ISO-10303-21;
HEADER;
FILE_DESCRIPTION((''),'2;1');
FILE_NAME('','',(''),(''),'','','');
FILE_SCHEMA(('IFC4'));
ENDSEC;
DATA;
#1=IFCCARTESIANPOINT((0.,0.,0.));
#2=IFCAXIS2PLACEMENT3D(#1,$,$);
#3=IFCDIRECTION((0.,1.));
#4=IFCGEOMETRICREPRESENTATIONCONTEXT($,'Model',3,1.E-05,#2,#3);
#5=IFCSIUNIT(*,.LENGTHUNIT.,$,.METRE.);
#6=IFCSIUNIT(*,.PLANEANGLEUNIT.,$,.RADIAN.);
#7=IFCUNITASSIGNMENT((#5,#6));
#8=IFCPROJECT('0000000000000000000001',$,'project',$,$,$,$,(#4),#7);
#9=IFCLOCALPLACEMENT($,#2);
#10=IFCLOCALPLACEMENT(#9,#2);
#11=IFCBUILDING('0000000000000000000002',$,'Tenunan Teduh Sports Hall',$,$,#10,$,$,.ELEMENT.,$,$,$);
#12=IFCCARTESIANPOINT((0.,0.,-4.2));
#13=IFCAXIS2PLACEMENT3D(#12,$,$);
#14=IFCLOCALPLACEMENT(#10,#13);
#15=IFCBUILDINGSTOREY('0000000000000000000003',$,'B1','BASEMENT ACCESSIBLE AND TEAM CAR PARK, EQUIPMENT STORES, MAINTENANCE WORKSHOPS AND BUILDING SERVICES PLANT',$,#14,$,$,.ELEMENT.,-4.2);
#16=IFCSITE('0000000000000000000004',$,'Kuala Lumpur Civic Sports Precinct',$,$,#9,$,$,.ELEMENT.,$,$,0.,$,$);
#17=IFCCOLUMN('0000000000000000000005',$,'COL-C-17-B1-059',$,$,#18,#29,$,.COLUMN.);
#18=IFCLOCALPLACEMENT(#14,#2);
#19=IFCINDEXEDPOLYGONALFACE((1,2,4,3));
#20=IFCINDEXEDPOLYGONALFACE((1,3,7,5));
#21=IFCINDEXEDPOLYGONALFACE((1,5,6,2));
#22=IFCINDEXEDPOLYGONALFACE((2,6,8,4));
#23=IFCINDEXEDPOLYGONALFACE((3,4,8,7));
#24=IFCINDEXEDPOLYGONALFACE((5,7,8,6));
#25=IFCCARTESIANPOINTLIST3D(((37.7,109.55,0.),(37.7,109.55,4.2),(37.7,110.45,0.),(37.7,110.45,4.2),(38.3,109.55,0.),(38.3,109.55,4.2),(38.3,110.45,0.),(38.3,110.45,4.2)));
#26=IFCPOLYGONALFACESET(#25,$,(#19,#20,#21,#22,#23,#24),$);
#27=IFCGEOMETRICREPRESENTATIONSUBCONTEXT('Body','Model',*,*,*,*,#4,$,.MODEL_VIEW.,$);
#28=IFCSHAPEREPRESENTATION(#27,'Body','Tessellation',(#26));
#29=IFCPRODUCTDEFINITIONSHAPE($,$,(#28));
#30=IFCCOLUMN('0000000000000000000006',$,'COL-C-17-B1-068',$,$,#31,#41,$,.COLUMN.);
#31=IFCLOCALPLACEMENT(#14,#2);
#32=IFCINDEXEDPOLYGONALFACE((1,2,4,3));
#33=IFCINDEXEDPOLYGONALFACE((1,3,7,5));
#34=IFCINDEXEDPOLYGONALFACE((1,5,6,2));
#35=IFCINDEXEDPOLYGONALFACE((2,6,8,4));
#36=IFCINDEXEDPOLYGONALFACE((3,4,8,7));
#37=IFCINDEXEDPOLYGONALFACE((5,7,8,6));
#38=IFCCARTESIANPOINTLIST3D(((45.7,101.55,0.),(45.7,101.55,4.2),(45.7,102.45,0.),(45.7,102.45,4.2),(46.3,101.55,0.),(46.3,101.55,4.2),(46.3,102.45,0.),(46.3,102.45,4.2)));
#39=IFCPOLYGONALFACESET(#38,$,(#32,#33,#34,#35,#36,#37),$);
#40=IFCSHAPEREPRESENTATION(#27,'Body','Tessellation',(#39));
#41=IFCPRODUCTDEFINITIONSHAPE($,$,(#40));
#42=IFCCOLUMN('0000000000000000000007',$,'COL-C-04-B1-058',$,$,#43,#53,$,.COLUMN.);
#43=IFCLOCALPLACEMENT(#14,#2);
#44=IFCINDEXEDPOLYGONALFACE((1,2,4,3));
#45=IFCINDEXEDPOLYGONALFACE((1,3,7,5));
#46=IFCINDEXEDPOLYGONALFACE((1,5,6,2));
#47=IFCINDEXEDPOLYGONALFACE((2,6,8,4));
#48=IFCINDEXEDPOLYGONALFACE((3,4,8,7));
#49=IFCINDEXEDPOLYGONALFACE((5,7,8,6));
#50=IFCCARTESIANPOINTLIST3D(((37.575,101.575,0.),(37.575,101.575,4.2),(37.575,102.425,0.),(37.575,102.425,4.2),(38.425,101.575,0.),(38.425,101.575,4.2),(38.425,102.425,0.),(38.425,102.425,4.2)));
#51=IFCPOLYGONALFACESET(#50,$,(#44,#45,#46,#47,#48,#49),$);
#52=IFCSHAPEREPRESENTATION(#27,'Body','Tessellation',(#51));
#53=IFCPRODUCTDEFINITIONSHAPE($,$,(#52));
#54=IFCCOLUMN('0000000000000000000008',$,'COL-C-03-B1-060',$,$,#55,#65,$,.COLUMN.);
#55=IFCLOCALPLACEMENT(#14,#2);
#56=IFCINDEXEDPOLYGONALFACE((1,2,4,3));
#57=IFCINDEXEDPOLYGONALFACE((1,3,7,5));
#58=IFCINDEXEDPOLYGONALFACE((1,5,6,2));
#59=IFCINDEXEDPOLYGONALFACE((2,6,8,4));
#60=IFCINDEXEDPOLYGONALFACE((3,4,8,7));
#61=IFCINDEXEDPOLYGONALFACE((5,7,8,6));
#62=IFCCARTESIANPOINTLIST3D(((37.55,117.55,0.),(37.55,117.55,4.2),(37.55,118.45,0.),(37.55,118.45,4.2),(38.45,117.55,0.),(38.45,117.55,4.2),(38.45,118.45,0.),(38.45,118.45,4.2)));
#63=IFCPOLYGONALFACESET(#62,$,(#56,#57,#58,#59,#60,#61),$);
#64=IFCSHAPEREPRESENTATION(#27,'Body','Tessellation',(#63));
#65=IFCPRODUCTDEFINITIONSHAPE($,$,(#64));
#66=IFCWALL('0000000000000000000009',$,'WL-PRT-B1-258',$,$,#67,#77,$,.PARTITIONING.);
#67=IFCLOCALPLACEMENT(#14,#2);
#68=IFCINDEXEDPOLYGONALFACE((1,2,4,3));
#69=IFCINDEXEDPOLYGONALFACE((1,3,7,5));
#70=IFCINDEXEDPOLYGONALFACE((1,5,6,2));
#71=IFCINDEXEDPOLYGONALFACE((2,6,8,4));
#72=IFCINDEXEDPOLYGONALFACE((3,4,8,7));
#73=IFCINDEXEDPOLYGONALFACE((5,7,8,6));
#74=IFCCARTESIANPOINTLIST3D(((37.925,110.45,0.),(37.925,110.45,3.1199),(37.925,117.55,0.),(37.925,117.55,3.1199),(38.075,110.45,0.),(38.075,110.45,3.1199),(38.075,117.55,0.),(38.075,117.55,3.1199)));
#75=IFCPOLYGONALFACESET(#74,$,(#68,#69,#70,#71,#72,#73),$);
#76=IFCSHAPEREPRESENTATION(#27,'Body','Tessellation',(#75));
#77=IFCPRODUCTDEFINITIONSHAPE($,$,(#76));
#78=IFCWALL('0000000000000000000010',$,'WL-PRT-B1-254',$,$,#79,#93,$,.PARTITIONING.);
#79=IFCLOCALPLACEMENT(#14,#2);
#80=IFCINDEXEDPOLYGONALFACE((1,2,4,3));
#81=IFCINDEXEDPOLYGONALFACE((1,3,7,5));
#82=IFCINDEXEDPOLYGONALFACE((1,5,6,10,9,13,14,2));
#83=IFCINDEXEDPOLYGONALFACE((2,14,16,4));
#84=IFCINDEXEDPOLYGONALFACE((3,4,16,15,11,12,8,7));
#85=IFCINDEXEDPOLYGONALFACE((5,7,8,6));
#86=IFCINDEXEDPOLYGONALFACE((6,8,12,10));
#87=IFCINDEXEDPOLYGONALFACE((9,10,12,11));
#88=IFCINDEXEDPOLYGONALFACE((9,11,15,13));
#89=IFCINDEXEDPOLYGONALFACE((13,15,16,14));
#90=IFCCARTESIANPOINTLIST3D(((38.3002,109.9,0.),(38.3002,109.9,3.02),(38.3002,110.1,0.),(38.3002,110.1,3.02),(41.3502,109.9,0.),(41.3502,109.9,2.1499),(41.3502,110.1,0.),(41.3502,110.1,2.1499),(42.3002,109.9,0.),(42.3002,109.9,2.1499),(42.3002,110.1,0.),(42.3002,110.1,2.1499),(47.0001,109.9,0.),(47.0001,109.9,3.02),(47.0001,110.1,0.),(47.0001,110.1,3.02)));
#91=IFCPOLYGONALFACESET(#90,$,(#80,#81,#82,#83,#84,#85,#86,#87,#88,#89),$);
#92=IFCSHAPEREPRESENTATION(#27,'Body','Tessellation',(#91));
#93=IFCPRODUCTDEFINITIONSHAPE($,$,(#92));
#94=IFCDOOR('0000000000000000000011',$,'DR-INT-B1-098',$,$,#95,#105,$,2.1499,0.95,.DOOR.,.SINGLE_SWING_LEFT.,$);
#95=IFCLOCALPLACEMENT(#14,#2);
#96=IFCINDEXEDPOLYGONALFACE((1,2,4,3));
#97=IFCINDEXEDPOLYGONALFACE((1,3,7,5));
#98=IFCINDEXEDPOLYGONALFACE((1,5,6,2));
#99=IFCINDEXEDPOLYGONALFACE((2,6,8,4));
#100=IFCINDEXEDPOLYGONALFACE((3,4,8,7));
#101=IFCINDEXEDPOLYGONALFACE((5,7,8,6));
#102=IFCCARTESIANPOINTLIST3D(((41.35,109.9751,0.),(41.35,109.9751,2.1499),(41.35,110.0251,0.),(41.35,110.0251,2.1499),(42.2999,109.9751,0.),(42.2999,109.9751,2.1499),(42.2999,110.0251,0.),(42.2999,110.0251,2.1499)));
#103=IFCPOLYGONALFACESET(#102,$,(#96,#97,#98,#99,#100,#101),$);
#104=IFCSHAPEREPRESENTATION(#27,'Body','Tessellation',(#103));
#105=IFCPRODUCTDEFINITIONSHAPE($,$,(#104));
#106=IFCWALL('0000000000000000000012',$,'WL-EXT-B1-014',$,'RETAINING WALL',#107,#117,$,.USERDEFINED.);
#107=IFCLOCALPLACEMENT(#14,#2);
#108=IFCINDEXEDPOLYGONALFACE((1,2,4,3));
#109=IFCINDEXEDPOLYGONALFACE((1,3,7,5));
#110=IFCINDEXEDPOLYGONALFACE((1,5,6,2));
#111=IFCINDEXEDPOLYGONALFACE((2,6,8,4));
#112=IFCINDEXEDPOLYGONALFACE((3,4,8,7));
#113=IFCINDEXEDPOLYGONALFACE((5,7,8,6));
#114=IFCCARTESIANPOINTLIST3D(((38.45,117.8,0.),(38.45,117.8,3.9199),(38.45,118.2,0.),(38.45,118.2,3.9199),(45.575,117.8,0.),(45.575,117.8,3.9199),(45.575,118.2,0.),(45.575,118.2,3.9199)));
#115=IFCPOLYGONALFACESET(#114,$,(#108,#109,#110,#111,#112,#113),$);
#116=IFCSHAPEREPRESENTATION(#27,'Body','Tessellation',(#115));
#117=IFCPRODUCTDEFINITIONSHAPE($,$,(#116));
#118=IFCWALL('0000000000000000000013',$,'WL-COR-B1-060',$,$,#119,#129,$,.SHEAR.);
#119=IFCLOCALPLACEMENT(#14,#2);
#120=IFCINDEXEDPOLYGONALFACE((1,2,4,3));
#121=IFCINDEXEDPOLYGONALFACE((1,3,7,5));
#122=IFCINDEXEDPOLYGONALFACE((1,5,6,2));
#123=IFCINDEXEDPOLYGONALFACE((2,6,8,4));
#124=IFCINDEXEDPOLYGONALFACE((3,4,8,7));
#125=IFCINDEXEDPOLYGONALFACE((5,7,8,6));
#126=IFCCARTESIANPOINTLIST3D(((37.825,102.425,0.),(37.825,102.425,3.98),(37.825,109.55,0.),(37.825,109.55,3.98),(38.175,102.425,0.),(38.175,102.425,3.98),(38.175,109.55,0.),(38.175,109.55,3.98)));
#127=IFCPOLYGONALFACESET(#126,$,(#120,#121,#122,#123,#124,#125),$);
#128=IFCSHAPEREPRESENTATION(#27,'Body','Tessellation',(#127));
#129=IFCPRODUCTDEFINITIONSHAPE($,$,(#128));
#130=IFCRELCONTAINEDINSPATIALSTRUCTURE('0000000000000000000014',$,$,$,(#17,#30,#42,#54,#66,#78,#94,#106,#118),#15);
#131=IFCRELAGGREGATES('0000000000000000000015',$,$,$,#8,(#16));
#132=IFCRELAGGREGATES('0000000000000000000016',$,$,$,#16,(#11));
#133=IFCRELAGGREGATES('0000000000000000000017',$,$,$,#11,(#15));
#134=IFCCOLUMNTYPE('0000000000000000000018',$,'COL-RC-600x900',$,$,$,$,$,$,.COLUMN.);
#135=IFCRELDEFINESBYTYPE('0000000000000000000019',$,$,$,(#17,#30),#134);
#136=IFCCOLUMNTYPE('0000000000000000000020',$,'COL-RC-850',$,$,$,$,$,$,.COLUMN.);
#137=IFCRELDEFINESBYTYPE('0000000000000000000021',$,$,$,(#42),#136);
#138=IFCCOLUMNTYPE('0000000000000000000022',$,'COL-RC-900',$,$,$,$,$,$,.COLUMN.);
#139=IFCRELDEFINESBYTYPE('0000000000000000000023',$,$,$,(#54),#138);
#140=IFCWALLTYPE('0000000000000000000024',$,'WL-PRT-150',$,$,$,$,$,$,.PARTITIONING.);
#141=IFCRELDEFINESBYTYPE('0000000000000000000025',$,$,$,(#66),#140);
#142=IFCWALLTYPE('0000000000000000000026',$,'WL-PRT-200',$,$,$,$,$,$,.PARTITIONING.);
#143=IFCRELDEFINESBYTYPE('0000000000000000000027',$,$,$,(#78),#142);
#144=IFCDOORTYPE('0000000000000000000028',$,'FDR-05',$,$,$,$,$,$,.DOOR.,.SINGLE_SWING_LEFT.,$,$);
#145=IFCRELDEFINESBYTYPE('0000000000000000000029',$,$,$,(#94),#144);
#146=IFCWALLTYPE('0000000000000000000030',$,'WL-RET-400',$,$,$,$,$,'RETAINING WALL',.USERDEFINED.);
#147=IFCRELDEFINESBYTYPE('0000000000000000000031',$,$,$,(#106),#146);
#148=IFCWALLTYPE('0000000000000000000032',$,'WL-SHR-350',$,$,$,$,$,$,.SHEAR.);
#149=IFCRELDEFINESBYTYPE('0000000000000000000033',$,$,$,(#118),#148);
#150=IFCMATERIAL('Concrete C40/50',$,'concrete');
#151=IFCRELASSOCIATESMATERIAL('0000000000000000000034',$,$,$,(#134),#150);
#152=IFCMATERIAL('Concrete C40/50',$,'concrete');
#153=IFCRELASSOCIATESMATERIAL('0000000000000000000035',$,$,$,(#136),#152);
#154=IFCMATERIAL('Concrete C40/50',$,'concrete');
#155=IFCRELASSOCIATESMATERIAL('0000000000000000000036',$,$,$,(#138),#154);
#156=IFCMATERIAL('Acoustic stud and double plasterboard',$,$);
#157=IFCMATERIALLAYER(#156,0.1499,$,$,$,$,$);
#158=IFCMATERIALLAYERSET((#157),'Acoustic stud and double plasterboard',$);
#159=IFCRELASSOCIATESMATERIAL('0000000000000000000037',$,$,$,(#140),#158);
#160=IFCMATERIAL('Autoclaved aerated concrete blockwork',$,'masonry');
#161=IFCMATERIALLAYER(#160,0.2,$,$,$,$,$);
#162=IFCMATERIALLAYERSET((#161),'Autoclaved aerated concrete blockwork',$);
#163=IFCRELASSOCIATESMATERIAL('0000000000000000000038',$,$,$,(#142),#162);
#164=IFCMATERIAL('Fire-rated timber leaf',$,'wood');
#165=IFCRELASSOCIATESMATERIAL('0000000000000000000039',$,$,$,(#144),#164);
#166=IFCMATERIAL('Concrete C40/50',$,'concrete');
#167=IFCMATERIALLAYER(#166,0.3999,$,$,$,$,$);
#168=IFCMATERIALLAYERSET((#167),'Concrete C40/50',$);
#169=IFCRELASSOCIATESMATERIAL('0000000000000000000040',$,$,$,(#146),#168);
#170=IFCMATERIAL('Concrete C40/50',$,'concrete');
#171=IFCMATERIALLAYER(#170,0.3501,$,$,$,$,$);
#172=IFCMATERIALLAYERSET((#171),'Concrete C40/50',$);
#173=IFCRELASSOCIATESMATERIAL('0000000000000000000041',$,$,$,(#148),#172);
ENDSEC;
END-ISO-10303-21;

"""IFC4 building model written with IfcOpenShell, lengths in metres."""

from ifc_helpers import new_model, si_unit, direction, frame, frame_2d, origin, origin_2d, place, context, subcontext, project, spatial, rectangle, extrude, material, layer, layer_set, material_profile, profile_set, type_object, element, fill, save


model = new_model("IFC4")

# Units and contexts
model_context = context("Model", 3, precision=1e-05, world=origin(), true_north=direction((0.0, 1.0)))
body_context = subcontext(model_context, "Body", "Model", "MODEL_VIEW")
ifc_project = project(units=[si_unit("LENGTHUNIT", "METRE"), si_unit("PLANEANGLEUNIT", "RADIAN")], contexts=[model_context])

# Site, building, storey
site_placement = place(None, origin())
site = spatial("IfcSite", under=ifc_project, at=site_placement, Name="Kuala Lumpur Civic Sports Precinct", CompositionType="ELEMENT", RefElevation=0.0)
building_placement = place(site_placement, origin())
building = spatial("IfcBuilding", under=site, at=building_placement, Name="Tenunan Teduh Sports Hall", CompositionType="ELEMENT")
storey_placement = place(building_placement, frame((0.0, 0.0, -4.2)))
storey = spatial("IfcBuildingStorey", under=building, at=storey_placement, Name="B1", Description="BASEMENT ACCESSIBLE AND TEAM CAR PARK, EQUIPMENT STORES, MAINTENANCE WORKSHOPS AND BUILDING SERVICES PLANT", CompositionType="ELEMENT", Elevation=-4.2)

# Columns
ifc_material_1 = material(Name="Concrete C40/50", Category="concrete")
ifc_material_profile_1 = material_profile(ifc_material_1, rectangle(XDim=0.6001, YDim=0.8999, at=origin_2d()), Name="RC 600x900")
ifc_profile_set_1 = profile_set([ifc_material_profile_1], Name="Concrete C40/50")
column_type_1 = type_object("IfcColumnType", Name="COL-RC-600x900", PredefinedType="COLUMN", material=ifc_profile_set_1)
for number, where, z_axis, x_axis, name in (
    (1, (38.0, 110.0, 0.0), (0.0, 0.0, 1.0), (1.0, 0.0, 0.0), "COL-C-17-B1-059"),
    (2, (46.0, 102.0, 0.0), (0.0, 0.0, 1.0), (1.0, 0.0, 0.0), "COL-C-17-B1-068"),
):
    element("IfcColumn", number, at=place(storey_placement, frame(where, z_axis=z_axis, x_axis=x_axis)), inside=storey, type_object=column_type_1, Name=name, PredefinedType="COLUMN", context=body_context, shape_type="SweptSolid", body=[
        extrude(rectangle(XDim=0.6001, YDim=0.8999, at=origin_2d()), origin(), (0.0, 0.0, 1.0), 4.2),
    ])
ifc_material_2 = material(Name="Concrete C40/50", Category="concrete")
ifc_material_profile_2 = material_profile(ifc_material_2, rectangle(XDim=0.8501, YDim=0.8501, at=origin_2d()), Name="RC 850x850")
ifc_profile_set_2 = profile_set([ifc_material_profile_2], Name="Concrete C40/50")
column_type_2 = type_object("IfcColumnType", Name="COL-RC-850", PredefinedType="COLUMN", material=ifc_profile_set_2)
column_1_placement = place(storey_placement, frame((38.0, 102.0, 0.0), z_axis=(0.0, 0.0, 1.0), x_axis=(1.0, 0.0, 0.0)))
element("IfcColumn", 3, at=column_1_placement, inside=storey, type_object=column_type_2, Name="COL-C-04-B1-058", PredefinedType="COLUMN", context=body_context, shape_type="SweptSolid", body=[
    extrude(rectangle(XDim=0.8501, YDim=0.8501, at=origin_2d()), origin(), (0.0, 0.0, 1.0), 4.2),
])
ifc_material_3 = material(Name="Concrete C40/50", Category="concrete")
ifc_material_profile_3 = material_profile(ifc_material_3, rectangle(XDim=0.8999, YDim=0.8999, at=origin_2d()), Name="RC 900x900")
ifc_profile_set_3 = profile_set([ifc_material_profile_3], Name="Concrete C40/50")
column_type_3 = type_object("IfcColumnType", Name="COL-RC-900", PredefinedType="COLUMN", material=ifc_profile_set_3)
column_2_placement = place(storey_placement, frame((38.0, 118.0, 0.0), z_axis=(0.0, 0.0, 1.0), x_axis=(1.0, 0.0, 0.0)))
element("IfcColumn", 4, at=column_2_placement, inside=storey, type_object=column_type_3, Name="COL-C-03-B1-060", PredefinedType="COLUMN", context=body_context, shape_type="SweptSolid", body=[
    extrude(rectangle(XDim=0.8999, YDim=0.8999, at=origin_2d()), origin(), (0.0, 0.0, 1.0), 4.2),
])

# Wall
ifc_material_4 = material(Name="Acoustic stud and double plasterboard")
ifc_layer_1 = layer(ifc_material_4, 0.1499)
ifc_layer_set_1 = layer_set([ifc_layer_1], Name="Acoustic stud and double plasterboard")
wall_type_1 = type_object("IfcWallType", Name="WL-PRT-150", PredefinedType="PARTITIONING", material=ifc_layer_set_1)
wall_1_placement = place(storey_placement, frame((38.0, 110.45, 0.0), z_axis=(0.0, 0.0, 1.0), x_axis=(0.0, 1.0, 0.0)))
element("IfcWall", 5, at=wall_1_placement, inside=storey, type_object=wall_type_1, Name="WL-PRT-B1-258", PredefinedType="PARTITIONING", context=body_context, shape_type="SweptSolid", body=[
    extrude(rectangle(XDim=7.1001, YDim=0.1499, at=frame_2d((3.55, 0.0))), origin(), (0.0, 0.0, 1.0), 3.1199),
])

# Wall, opening, door
ifc_material_5 = material(Name="Autoclaved aerated concrete blockwork", Category="masonry")
ifc_layer_2 = layer(ifc_material_5, 0.2)
ifc_layer_set_2 = layer_set([ifc_layer_2], Name="Autoclaved aerated concrete blockwork")
wall_type_2 = type_object("IfcWallType", Name="WL-PRT-200", PredefinedType="PARTITIONING", material=ifc_layer_set_2)
wall_2_placement = place(storey_placement, frame((38.3, 110.0, 0.0), z_axis=(0.0, 0.0, 1.0), x_axis=(1.0, 0.0, 0.0)))
wall_2 = element("IfcWall", 6, at=wall_2_placement, inside=storey, type_object=wall_type_2, Name="WL-PRT-B1-254", PredefinedType="PARTITIONING", context=body_context, shape_type="SweptSolid", body=[
    extrude(rectangle(XDim=8.7, YDim=0.2, at=frame_2d((4.3501, 0.0))), origin(), (0.0, 0.0, 1.0), 3.02),
])
opening_placement = place(wall_2_placement, frame((3.05, 0.0, 0.0)))
opening = element("IfcOpeningElement", 7, at=opening_placement, cuts=wall_2, PredefinedType="OPENING", context=body_context, shape_type="SweptSolid", body=[
    extrude(rectangle(XDim=0.95, YDim=2.1499, at=frame_2d((0.4751, 1.075))), frame((0.0, 0.1099, 0.0), z_axis=(0.0, -1.0, 0.0), x_axis=(1.0, 0.0, 0.0)), (0.0, 0.0, 1.0), 0.22),
])
ifc_material_6 = material(Name="Fire-rated timber leaf", Category="wood")
door_type = type_object("IfcDoorType", Name="FDR-05", OperationType="SINGLE_SWING_LEFT", PredefinedType="DOOR", material=ifc_material_6)
door_placement = place(opening_placement, frame((0.95, 0.0, 0.0), z_axis=(0.0, 0.0, 1.0), x_axis=(-1.0, 0.0, 0.0)))
door = element("IfcDoor", 8, at=door_placement, inside=storey, type_object=door_type, Name="DR-INT-B1-098", OperationType="SINGLE_SWING_LEFT", OverallHeight=2.1499, OverallWidth=0.95, PredefinedType="DOOR", context=body_context, shape_type="SweptSolid", body=[
    extrude(rectangle(XDim=0.95, YDim=2.1499, at=frame_2d((0.4751, 1.075))), frame((0.0, 0.0249, 0.0), z_axis=(0.0, -1.0, 0.0), x_axis=(1.0, 0.0, 0.0)), (0.0, 0.0, 1.0), 0.05),
])
fill(opening, door)

# Walls
ifc_material_7 = material(Name="Concrete C40/50", Category="concrete")
ifc_layer_3 = layer(ifc_material_7, 0.3999)
ifc_layer_set_3 = layer_set([ifc_layer_3], Name="Concrete C40/50")
wall_type_3 = type_object("IfcWallType", Name="WL-RET-400", ElementType="RETAINING WALL", PredefinedType="USERDEFINED", material=ifc_layer_set_3)
wall_3_placement = place(storey_placement, frame((38.45, 118.0, 0.0), z_axis=(0.0, 0.0, 1.0), x_axis=(1.0, 0.0, 0.0)))
element("IfcWall", 9, at=wall_3_placement, inside=storey, type_object=wall_type_3, Name="WL-EXT-B1-014", ObjectType="RETAINING WALL", PredefinedType="USERDEFINED", context=body_context, shape_type="SweptSolid", body=[
    extrude(rectangle(XDim=7.125, YDim=0.3999, at=frame_2d((3.5625, 0.0))), origin(), (0.0, 0.0, 1.0), 3.9199),
])
ifc_material_8 = material(Name="Concrete C40/50", Category="concrete")
ifc_layer_4 = layer(ifc_material_8, 0.3501)
ifc_layer_set_4 = layer_set([ifc_layer_4], Name="Concrete C40/50")
wall_type_4 = type_object("IfcWallType", Name="WL-SHR-350", PredefinedType="SHEAR", material=ifc_layer_set_4)
wall_4_placement = place(storey_placement, frame((38.0, 102.425, 0.0), z_axis=(0.0, 0.0, 1.0), x_axis=(0.0, 1.0, 0.0)))
element("IfcWall", 10, at=wall_4_placement, inside=storey, type_object=wall_type_4, Name="WL-COR-B1-060", PredefinedType="SHEAR", context=body_context, shape_type="SweptSolid", body=[
    extrude(rectangle(XDim=7.125, YDim=0.3501, at=frame_2d((3.5625, 0.0))), origin(), (0.0, 0.0, 1.0), 3.98),
])

save(model, "model.ifc")
